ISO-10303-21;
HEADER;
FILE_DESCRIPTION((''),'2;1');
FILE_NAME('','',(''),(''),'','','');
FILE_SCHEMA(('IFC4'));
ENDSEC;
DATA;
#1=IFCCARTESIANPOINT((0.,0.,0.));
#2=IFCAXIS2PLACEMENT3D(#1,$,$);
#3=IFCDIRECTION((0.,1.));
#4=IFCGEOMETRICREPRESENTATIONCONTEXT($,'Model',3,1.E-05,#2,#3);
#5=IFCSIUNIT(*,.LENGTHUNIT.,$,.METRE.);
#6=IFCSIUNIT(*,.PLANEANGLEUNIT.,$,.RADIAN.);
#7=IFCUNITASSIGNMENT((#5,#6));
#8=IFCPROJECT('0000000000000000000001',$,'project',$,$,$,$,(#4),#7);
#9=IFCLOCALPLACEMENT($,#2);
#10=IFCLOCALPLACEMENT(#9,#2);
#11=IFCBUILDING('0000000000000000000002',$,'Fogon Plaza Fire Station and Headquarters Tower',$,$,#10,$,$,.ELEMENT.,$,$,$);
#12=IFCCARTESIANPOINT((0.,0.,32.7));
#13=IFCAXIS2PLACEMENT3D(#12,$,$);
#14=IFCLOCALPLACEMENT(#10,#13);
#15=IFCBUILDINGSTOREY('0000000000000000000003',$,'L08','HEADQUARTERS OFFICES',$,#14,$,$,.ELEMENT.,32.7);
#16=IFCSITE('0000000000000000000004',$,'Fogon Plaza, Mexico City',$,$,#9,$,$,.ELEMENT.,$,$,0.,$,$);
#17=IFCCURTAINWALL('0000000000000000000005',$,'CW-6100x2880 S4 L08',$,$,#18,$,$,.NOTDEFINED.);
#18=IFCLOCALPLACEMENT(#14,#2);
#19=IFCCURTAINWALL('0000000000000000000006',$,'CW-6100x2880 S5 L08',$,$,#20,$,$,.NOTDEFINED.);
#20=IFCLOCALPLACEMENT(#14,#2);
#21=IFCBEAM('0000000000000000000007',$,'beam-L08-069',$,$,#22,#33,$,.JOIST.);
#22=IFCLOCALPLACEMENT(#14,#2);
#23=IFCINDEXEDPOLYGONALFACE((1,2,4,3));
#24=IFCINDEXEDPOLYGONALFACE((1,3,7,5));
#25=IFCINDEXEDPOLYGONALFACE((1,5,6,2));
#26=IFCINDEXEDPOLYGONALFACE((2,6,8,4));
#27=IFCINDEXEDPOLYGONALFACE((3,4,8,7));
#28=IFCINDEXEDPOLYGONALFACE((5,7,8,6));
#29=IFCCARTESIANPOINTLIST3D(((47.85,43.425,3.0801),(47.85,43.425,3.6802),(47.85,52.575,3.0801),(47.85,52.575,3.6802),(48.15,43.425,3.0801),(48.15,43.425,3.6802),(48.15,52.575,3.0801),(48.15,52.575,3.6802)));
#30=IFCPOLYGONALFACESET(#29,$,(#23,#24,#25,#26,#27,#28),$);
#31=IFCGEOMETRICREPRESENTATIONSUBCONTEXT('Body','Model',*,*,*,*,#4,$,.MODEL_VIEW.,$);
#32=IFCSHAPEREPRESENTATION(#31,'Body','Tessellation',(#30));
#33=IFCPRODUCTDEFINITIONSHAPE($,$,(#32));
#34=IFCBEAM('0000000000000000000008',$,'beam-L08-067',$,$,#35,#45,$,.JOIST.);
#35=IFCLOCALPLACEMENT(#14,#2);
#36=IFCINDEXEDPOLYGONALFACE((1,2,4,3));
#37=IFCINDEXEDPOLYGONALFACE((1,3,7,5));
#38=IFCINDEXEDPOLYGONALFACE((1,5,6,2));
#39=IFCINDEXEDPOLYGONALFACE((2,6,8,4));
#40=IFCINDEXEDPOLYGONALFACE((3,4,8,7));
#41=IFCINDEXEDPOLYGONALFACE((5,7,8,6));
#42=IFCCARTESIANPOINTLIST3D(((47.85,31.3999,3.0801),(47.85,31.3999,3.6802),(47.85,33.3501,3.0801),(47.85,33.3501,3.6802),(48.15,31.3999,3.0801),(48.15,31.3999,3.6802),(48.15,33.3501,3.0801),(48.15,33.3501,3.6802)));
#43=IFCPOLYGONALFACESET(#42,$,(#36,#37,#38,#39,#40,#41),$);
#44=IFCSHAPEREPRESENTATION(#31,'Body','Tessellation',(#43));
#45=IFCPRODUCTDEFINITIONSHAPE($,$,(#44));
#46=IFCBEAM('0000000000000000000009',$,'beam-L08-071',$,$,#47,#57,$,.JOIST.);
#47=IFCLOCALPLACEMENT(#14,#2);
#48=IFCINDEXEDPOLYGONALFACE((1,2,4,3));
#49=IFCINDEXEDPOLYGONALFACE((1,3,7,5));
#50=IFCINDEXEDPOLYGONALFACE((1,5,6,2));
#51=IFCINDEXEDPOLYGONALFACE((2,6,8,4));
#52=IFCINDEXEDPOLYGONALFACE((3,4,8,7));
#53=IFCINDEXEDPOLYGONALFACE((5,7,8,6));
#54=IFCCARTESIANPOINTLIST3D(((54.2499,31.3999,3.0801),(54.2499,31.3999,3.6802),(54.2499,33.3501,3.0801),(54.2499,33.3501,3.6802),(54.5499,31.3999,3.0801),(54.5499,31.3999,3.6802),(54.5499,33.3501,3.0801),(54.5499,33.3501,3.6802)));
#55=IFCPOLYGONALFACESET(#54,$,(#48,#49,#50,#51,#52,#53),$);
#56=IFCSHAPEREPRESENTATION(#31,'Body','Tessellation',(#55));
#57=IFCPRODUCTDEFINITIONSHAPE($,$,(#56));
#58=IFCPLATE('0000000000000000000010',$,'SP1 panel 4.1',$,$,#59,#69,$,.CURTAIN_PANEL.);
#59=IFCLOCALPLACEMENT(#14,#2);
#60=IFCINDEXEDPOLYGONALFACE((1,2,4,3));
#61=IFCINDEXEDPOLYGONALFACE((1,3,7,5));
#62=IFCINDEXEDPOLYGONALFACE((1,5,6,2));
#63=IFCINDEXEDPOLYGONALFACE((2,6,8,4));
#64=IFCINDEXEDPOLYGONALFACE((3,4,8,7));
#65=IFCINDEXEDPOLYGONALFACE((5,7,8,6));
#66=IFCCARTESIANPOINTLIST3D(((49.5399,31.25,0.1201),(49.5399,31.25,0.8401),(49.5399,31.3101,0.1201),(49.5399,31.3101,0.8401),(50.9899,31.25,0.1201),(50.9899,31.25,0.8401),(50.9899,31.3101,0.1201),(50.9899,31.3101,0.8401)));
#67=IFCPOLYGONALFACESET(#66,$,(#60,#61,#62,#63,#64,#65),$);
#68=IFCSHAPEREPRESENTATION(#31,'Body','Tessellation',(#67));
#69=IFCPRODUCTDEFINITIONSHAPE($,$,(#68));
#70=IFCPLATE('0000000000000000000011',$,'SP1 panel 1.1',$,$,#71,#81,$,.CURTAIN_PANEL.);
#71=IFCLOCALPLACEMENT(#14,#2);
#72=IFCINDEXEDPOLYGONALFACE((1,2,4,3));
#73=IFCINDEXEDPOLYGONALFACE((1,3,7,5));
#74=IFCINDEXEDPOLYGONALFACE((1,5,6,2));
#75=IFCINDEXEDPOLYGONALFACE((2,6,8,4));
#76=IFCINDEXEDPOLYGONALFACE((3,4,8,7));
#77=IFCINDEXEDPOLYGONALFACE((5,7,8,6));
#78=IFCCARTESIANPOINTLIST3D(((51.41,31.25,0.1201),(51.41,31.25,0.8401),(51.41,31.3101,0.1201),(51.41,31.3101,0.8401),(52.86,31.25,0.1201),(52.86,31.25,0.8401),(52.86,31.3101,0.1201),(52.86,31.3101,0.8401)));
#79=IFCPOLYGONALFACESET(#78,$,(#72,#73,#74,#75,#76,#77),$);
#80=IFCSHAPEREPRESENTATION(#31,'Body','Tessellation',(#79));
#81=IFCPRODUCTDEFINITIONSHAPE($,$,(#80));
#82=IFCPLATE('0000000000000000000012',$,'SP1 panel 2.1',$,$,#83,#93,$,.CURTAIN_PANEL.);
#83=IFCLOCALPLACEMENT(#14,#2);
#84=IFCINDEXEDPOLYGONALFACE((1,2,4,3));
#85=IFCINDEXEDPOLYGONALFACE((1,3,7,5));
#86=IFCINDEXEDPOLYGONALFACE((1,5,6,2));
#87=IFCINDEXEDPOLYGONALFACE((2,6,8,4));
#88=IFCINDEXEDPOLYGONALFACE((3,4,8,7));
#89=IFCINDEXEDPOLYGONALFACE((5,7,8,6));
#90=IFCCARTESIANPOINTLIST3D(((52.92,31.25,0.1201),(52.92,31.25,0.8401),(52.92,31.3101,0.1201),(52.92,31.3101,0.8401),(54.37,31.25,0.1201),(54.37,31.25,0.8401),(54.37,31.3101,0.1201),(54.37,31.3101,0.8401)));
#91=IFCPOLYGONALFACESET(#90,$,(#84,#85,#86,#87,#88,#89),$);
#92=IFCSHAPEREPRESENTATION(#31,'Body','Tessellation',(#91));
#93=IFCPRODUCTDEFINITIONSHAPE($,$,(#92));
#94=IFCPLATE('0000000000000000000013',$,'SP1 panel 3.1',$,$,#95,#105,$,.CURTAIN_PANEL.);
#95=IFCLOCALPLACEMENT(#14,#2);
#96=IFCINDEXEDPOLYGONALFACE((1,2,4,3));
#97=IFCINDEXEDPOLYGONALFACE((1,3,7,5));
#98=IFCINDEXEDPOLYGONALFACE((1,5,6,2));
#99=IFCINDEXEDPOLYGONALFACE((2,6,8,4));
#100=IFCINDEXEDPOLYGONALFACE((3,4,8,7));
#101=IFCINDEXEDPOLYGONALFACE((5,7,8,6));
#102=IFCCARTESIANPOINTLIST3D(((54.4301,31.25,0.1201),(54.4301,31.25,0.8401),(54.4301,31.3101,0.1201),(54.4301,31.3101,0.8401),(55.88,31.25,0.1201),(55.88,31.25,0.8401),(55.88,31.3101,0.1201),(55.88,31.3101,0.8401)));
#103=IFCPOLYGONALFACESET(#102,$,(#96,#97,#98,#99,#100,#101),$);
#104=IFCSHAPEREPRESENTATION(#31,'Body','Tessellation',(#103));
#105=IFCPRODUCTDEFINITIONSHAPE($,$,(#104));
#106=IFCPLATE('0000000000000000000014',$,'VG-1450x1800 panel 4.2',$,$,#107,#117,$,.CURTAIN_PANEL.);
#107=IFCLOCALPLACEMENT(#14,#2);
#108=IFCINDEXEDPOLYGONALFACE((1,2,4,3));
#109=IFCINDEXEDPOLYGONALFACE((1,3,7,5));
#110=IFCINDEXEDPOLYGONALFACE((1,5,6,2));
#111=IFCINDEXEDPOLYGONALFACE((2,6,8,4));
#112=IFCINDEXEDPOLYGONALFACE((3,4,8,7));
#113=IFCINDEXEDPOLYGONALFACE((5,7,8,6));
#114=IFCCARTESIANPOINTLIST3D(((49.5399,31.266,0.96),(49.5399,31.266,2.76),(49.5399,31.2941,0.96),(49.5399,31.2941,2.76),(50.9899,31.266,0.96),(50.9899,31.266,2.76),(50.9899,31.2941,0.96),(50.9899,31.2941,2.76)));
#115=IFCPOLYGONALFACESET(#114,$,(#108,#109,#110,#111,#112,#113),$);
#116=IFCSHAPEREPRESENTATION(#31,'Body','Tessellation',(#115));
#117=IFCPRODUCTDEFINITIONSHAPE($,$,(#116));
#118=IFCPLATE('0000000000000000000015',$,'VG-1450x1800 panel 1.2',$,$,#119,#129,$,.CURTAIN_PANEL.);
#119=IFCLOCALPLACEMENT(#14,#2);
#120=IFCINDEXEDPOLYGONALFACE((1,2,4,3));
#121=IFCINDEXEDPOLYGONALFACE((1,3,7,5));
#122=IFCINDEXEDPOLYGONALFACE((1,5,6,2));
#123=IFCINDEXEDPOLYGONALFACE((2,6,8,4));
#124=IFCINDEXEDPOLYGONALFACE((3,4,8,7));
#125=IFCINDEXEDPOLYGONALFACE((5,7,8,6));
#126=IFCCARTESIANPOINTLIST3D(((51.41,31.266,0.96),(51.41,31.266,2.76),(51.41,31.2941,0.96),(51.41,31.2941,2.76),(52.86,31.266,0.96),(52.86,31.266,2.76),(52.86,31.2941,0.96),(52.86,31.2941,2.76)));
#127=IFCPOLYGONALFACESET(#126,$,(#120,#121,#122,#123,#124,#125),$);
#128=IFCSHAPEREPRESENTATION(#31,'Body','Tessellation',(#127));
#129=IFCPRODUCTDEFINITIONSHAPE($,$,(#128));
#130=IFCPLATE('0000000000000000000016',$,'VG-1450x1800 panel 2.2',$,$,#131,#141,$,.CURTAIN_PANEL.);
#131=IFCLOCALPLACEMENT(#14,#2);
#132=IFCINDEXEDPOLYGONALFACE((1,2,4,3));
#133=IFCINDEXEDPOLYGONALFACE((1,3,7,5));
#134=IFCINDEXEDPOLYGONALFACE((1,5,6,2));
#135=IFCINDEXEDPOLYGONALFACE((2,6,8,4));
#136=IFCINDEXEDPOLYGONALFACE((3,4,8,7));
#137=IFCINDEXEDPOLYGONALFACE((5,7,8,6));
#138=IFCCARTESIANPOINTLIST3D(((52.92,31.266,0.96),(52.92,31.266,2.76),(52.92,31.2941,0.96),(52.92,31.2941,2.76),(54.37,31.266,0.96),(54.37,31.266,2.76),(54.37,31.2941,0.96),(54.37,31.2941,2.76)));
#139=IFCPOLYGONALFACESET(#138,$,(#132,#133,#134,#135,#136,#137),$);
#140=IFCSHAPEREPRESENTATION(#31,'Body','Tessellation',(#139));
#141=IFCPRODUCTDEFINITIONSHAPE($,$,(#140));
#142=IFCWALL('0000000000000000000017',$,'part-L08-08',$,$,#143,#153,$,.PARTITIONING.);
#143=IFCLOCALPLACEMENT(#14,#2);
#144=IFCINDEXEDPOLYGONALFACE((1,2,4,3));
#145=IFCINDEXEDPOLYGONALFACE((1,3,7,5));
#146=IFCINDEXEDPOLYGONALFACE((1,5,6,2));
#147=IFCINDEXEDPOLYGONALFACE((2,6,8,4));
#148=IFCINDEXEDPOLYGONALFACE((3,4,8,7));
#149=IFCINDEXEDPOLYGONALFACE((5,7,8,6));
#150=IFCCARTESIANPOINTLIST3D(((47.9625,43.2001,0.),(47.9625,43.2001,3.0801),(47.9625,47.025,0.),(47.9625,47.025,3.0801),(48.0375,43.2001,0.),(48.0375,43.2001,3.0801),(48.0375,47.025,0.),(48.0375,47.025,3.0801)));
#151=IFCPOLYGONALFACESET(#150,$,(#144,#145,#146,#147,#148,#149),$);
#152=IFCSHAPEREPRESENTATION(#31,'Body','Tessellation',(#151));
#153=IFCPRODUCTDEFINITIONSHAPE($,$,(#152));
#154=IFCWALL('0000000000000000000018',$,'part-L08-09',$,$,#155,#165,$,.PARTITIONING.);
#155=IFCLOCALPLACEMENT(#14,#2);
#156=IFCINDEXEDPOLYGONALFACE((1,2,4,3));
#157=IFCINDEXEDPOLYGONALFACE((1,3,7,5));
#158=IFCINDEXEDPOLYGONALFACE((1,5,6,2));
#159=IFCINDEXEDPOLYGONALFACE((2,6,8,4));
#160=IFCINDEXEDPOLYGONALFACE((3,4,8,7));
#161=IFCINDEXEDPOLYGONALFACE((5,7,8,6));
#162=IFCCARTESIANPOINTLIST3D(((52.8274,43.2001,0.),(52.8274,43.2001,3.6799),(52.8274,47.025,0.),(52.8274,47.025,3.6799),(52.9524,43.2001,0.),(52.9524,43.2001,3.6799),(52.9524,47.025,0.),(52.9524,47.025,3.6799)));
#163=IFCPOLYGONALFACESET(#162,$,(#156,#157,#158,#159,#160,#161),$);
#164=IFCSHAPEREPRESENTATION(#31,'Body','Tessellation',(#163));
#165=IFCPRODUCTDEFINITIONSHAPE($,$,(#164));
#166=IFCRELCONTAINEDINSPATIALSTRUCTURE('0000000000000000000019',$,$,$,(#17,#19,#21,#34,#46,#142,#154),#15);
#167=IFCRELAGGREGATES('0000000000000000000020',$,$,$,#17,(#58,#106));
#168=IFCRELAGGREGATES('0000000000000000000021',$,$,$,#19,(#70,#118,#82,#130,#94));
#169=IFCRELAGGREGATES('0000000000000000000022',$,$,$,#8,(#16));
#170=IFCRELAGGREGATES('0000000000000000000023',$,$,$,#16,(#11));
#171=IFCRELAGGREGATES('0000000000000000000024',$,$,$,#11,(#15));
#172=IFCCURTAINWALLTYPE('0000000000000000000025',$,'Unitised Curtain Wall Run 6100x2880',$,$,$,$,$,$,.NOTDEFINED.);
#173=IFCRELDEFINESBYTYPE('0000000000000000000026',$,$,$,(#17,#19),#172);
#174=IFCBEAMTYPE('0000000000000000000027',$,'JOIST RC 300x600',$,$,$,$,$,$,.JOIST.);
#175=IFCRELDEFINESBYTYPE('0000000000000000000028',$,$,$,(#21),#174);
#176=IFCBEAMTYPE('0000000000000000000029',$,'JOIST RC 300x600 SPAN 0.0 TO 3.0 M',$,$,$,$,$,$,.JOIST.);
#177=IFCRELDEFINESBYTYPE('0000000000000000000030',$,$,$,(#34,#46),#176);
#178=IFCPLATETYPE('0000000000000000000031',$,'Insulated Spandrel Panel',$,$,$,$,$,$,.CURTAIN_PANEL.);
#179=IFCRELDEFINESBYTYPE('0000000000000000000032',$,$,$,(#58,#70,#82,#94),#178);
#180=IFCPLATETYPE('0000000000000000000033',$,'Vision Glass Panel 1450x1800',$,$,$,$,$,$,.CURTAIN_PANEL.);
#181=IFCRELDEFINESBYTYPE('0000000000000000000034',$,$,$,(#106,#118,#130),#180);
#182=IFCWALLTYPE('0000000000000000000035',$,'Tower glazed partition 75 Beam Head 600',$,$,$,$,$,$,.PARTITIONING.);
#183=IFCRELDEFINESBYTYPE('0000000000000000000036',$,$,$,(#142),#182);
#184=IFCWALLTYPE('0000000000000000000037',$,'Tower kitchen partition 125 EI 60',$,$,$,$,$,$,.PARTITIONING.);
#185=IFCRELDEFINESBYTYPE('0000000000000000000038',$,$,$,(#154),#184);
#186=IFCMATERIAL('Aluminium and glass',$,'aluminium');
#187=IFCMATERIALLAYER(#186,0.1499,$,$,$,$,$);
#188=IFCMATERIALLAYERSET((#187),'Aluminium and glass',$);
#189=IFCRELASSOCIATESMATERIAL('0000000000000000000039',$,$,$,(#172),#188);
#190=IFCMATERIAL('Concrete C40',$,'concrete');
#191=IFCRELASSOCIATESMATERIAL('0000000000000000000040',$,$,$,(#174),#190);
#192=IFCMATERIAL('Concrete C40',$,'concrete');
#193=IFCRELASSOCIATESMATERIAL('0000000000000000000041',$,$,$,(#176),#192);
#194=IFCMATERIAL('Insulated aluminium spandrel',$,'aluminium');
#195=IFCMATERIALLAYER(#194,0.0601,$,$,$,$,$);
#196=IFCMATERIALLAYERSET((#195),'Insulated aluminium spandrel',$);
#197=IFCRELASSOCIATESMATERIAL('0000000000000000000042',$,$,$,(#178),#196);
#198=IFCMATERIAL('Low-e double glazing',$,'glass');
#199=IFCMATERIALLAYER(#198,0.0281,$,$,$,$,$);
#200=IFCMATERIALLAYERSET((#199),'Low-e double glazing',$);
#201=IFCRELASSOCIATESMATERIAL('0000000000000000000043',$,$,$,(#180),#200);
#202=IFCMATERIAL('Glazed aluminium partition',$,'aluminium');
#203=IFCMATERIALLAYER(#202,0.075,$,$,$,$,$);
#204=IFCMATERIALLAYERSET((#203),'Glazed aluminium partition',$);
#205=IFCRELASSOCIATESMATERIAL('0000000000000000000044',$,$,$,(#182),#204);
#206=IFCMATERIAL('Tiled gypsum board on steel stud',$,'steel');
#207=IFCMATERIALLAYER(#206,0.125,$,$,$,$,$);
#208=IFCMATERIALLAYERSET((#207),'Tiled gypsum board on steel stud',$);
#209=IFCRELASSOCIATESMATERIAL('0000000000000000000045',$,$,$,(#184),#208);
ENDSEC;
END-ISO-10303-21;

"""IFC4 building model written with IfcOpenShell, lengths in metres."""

from ifc_helpers import new_model, si_unit, direction, frame, frame_2d, origin, origin_2d, place, context, subcontext, project, spatial, rectangle, extrude, material, layer, layer_set, material_profile, profile_set, type_object, element, aggregate, save


model = new_model("IFC4")

# Units and contexts
model_context = context("Model", 3, precision=1e-05, world=origin(), true_north=direction((0.0, 1.0)))
body_context = subcontext(model_context, "Body", "Model", "MODEL_VIEW")
ifc_project = project(units=[si_unit("LENGTHUNIT", "METRE"), si_unit("PLANEANGLEUNIT", "RADIAN")], contexts=[model_context])

# Site, building, storey
site_placement = place(None, origin())
site = spatial("IfcSite", under=ifc_project, at=site_placement, Name="Fogon Plaza, Mexico City", CompositionType="ELEMENT", RefElevation=0.0)
building_placement = place(site_placement, origin())
building = spatial("IfcBuilding", under=site, at=building_placement, Name="Fogon Plaza Fire Station and Headquarters Tower", CompositionType="ELEMENT")
storey_placement = place(building_placement, frame((0.0, 0.0, 32.7)))
storey = spatial("IfcBuildingStorey", under=building, at=storey_placement, Name="L08", Description="HEADQUARTERS OFFICES", CompositionType="ELEMENT", Elevation=32.7)

# Curtain wall
ifc_material_1 = material(Name="Aluminium and glass", Category="aluminium")
ifc_layer_1 = layer(ifc_material_1, 0.1499)
ifc_layer_set_1 = layer_set([ifc_layer_1], Name="Aluminium and glass")
curtain_wall_type = type_object("IfcCurtainWallType", Name="Unitised Curtain Wall Run 6100x2880", PredefinedType="NOTDEFINED", material=ifc_layer_set_1)
curtain_wall_1_placement = place(storey_placement, origin())
curtain_wall_1 = element("IfcCurtainWall", 1, at=curtain_wall_1_placement, inside=storey, type_object=curtain_wall_type, Name="CW-6100x2880 S4 L08", PredefinedType="NOTDEFINED")

# Curtain wall
curtain_wall_2_placement = place(storey_placement, origin())
curtain_wall_2 = element("IfcCurtainWall", 2, at=curtain_wall_2_placement, inside=storey, type_object=curtain_wall_type, Name="CW-6100x2880 S5 L08", PredefinedType="NOTDEFINED")

# Beams
ifc_material_2 = material(Name="Concrete C40", Category="concrete")
ifc_material_profile_1 = material_profile(ifc_material_2, rectangle(XDim=0.3, YDim=0.6001, at=origin_2d()), Name="RC 300x600")
ifc_profile_set_1 = profile_set([ifc_material_profile_1], Name="Concrete C40")
beam_type_1 = type_object("IfcBeamType", Name="JOIST RC 300x600", PredefinedType="JOIST", material=ifc_profile_set_1)
beam_1_placement = place(storey_placement, frame((48.0, 43.425, 3.3801), z_axis=(0.0, 1.0, 0.0), x_axis=(-1.0, 0.0, 0.0)))
element("IfcBeam", 3, at=beam_1_placement, inside=storey, type_object=beam_type_1, Name="beam-L08-069", PredefinedType="JOIST", context=body_context, shape_type="SweptSolid", body=[
    extrude(rectangle(XDim=0.3, YDim=0.6001, at=origin_2d()), origin(), (0.0, 0.0, 1.0), 9.1499),
])
ifc_material_3 = material(Name="Concrete C40", Category="concrete")
ifc_material_profile_2 = material_profile(ifc_material_3, rectangle(XDim=0.3, YDim=0.6001, at=origin_2d()), Name="RC 300x600")
ifc_profile_set_2 = profile_set([ifc_material_profile_2], Name="Concrete C40")
beam_type_2 = type_object("IfcBeamType", Name="JOIST RC 300x600 SPAN 0.0 TO 3.0 M", PredefinedType="JOIST", material=ifc_profile_set_2)
for number, where, z_axis, x_axis, name in (
    (4, (48.0, 31.3999, 3.3801), (0.0, 1.0, 0.0), (-1.0, 0.0, 0.0), "beam-L08-067"),
    (5, (54.3999, 31.3999, 3.3801), (0.0, 1.0, 0.0), (-1.0, 0.0, 0.0), "beam-L08-071"),
):
    element("IfcBeam", number, at=place(storey_placement, frame(where, z_axis=z_axis, x_axis=x_axis)), inside=storey, type_object=beam_type_2, Name=name, PredefinedType="JOIST", context=body_context, shape_type="SweptSolid", body=[
        extrude(rectangle(XDim=0.3, YDim=0.6001, at=origin_2d()), origin(), (0.0, 0.0, 1.0), 1.9502),
    ])

# Plates
ifc_material_4 = material(Name="Insulated aluminium spandrel", Category="aluminium")
ifc_layer_2 = layer(ifc_material_4, 0.0601)
ifc_layer_set_2 = layer_set([ifc_layer_2], Name="Insulated aluminium spandrel")
plate_type_1 = type_object("IfcPlateType", Name="Insulated Spandrel Panel", PredefinedType="CURTAIN_PANEL", material=ifc_layer_set_2)
plate_1_placement = place(storey_placement, frame((50.2649, 31.28, 0.1201), z_axis=(0.0, 0.0, 1.0), x_axis=(1.0, 0.0, 0.0)))
plate_1 = element("IfcPlate", 6, at=plate_1_placement, type_object=plate_type_1, Name="SP1 panel 4.1", PredefinedType="CURTAIN_PANEL", context=body_context, shape_type="SweptSolid", body=[
    extrude(rectangle(XDim=1.45, YDim=0.0601, at=origin_2d()), origin(), (0.0, 0.0, 1.0), 0.72),
])
plate_2_placement = place(storey_placement, frame((52.135, 31.28, 0.1201), z_axis=(0.0, 0.0, 1.0), x_axis=(1.0, 0.0, 0.0)))
plate_2 = element("IfcPlate", 7, at=plate_2_placement, type_object=plate_type_1, Name="SP1 panel 1.1", PredefinedType="CURTAIN_PANEL", context=body_context, shape_type="SweptSolid", body=[
    extrude(rectangle(XDim=1.45, YDim=0.0601, at=origin_2d()), origin(), (0.0, 0.0, 1.0), 0.72),
])
plate_3_placement = place(storey_placement, frame((53.645, 31.28, 0.1201), z_axis=(0.0, 0.0, 1.0), x_axis=(1.0, 0.0, 0.0)))
plate_3 = element("IfcPlate", 8, at=plate_3_placement, type_object=plate_type_1, Name="SP1 panel 2.1", PredefinedType="CURTAIN_PANEL", context=body_context, shape_type="SweptSolid", body=[
    extrude(rectangle(XDim=1.45, YDim=0.0601, at=origin_2d()), origin(), (0.0, 0.0, 1.0), 0.72),
])
plate_4_placement = place(storey_placement, frame((55.155, 31.28, 0.1201), z_axis=(0.0, 0.0, 1.0), x_axis=(1.0, 0.0, 0.0)))
plate_4 = element("IfcPlate", 9, at=plate_4_placement, type_object=plate_type_1, Name="SP1 panel 3.1", PredefinedType="CURTAIN_PANEL", context=body_context, shape_type="SweptSolid", body=[
    extrude(rectangle(XDim=1.45, YDim=0.0601, at=origin_2d()), origin(), (0.0, 0.0, 1.0), 0.72),
])
ifc_material_5 = material(Name="Low-e double glazing", Category="glass")
ifc_layer_3 = layer(ifc_material_5, 0.0281)
ifc_layer_set_3 = layer_set([ifc_layer_3], Name="Low-e double glazing")
plate_type_2 = type_object("IfcPlateType", Name="Vision Glass Panel 1450x1800", PredefinedType="CURTAIN_PANEL", material=ifc_layer_set_3)
plate_5_placement = place(storey_placement, frame((50.2649, 31.28, 0.96), z_axis=(0.0, 0.0, 1.0), x_axis=(1.0, 0.0, 0.0)))
plate_5 = element("IfcPlate", 10, at=plate_5_placement, type_object=plate_type_2, Name="VG-1450x1800 panel 4.2", PredefinedType="CURTAIN_PANEL", context=body_context, shape_type="SweptSolid", body=[
    extrude(rectangle(XDim=1.45, YDim=0.0281, at=origin_2d()), origin(), (0.0, 0.0, 1.0), 1.8),
])
aggregate(curtain_wall_1, [plate_1, plate_5])
plate_6_placement = place(storey_placement, frame((52.135, 31.28, 0.96), z_axis=(0.0, 0.0, 1.0), x_axis=(1.0, 0.0, 0.0)))
plate_6 = element("IfcPlate", 11, at=plate_6_placement, type_object=plate_type_2, Name="VG-1450x1800 panel 1.2", PredefinedType="CURTAIN_PANEL", context=body_context, shape_type="SweptSolid", body=[
    extrude(rectangle(XDim=1.45, YDim=0.0281, at=origin_2d()), origin(), (0.0, 0.0, 1.0), 1.8),
])
plate_7_placement = place(storey_placement, frame((53.645, 31.28, 0.96), z_axis=(0.0, 0.0, 1.0), x_axis=(1.0, 0.0, 0.0)))
plate_7 = element("IfcPlate", 12, at=plate_7_placement, type_object=plate_type_2, Name="VG-1450x1800 panel 2.2", PredefinedType="CURTAIN_PANEL", context=body_context, shape_type="SweptSolid", body=[
    extrude(rectangle(XDim=1.45, YDim=0.0281, at=origin_2d()), origin(), (0.0, 0.0, 1.0), 1.8),
])
aggregate(curtain_wall_2, [plate_2, plate_6, plate_3, plate_7, plate_4])

# Walls
ifc_material_6 = material(Name="Glazed aluminium partition", Category="aluminium")
ifc_layer_4 = layer(ifc_material_6, 0.075)
ifc_layer_set_4 = layer_set([ifc_layer_4], Name="Glazed aluminium partition")
wall_type_1 = type_object("IfcWallType", Name="Tower glazed partition 75 Beam Head 600", PredefinedType="PARTITIONING", material=ifc_layer_set_4)
wall_1_placement = place(storey_placement, frame((48.0, 43.2, 0.0), z_axis=(0.0, 0.0, 1.0), x_axis=(0.0, 1.0, 0.0)))
element("IfcWall", 13, at=wall_1_placement, inside=storey, type_object=wall_type_1, Name="part-L08-08", PredefinedType="PARTITIONING", context=body_context, shape_type="SweptSolid", body=[
    extrude(rectangle(XDim=3.825, YDim=0.075, at=frame_2d((1.9126, 0.0))), origin(), (0.0, 0.0, 1.0), 3.0801),
])
ifc_material_7 = material(Name="Tiled gypsum board on steel stud", Category="steel")
ifc_layer_5 = layer(ifc_material_7, 0.125)
ifc_layer_set_5 = layer_set([ifc_layer_5], Name="Tiled gypsum board on steel stud")
wall_type_2 = type_object("IfcWallType", Name="Tower kitchen partition 125 EI 60", PredefinedType="PARTITIONING", material=ifc_layer_set_5)
wall_2_placement = place(storey_placement, frame((52.8899, 43.2, 0.0), z_axis=(0.0, 0.0, 1.0), x_axis=(0.0, 1.0, 0.0)))
element("IfcWall", 14, at=wall_2_placement, inside=storey, type_object=wall_type_2, Name="part-L08-09", PredefinedType="PARTITIONING", context=body_context, shape_type="SweptSolid", body=[
    extrude(rectangle(XDim=3.825, YDim=0.125, at=frame_2d((1.9126, 0.0))), origin(), (0.0, 0.0, 1.0), 3.6799),
])

save(model, "model.ifc")
